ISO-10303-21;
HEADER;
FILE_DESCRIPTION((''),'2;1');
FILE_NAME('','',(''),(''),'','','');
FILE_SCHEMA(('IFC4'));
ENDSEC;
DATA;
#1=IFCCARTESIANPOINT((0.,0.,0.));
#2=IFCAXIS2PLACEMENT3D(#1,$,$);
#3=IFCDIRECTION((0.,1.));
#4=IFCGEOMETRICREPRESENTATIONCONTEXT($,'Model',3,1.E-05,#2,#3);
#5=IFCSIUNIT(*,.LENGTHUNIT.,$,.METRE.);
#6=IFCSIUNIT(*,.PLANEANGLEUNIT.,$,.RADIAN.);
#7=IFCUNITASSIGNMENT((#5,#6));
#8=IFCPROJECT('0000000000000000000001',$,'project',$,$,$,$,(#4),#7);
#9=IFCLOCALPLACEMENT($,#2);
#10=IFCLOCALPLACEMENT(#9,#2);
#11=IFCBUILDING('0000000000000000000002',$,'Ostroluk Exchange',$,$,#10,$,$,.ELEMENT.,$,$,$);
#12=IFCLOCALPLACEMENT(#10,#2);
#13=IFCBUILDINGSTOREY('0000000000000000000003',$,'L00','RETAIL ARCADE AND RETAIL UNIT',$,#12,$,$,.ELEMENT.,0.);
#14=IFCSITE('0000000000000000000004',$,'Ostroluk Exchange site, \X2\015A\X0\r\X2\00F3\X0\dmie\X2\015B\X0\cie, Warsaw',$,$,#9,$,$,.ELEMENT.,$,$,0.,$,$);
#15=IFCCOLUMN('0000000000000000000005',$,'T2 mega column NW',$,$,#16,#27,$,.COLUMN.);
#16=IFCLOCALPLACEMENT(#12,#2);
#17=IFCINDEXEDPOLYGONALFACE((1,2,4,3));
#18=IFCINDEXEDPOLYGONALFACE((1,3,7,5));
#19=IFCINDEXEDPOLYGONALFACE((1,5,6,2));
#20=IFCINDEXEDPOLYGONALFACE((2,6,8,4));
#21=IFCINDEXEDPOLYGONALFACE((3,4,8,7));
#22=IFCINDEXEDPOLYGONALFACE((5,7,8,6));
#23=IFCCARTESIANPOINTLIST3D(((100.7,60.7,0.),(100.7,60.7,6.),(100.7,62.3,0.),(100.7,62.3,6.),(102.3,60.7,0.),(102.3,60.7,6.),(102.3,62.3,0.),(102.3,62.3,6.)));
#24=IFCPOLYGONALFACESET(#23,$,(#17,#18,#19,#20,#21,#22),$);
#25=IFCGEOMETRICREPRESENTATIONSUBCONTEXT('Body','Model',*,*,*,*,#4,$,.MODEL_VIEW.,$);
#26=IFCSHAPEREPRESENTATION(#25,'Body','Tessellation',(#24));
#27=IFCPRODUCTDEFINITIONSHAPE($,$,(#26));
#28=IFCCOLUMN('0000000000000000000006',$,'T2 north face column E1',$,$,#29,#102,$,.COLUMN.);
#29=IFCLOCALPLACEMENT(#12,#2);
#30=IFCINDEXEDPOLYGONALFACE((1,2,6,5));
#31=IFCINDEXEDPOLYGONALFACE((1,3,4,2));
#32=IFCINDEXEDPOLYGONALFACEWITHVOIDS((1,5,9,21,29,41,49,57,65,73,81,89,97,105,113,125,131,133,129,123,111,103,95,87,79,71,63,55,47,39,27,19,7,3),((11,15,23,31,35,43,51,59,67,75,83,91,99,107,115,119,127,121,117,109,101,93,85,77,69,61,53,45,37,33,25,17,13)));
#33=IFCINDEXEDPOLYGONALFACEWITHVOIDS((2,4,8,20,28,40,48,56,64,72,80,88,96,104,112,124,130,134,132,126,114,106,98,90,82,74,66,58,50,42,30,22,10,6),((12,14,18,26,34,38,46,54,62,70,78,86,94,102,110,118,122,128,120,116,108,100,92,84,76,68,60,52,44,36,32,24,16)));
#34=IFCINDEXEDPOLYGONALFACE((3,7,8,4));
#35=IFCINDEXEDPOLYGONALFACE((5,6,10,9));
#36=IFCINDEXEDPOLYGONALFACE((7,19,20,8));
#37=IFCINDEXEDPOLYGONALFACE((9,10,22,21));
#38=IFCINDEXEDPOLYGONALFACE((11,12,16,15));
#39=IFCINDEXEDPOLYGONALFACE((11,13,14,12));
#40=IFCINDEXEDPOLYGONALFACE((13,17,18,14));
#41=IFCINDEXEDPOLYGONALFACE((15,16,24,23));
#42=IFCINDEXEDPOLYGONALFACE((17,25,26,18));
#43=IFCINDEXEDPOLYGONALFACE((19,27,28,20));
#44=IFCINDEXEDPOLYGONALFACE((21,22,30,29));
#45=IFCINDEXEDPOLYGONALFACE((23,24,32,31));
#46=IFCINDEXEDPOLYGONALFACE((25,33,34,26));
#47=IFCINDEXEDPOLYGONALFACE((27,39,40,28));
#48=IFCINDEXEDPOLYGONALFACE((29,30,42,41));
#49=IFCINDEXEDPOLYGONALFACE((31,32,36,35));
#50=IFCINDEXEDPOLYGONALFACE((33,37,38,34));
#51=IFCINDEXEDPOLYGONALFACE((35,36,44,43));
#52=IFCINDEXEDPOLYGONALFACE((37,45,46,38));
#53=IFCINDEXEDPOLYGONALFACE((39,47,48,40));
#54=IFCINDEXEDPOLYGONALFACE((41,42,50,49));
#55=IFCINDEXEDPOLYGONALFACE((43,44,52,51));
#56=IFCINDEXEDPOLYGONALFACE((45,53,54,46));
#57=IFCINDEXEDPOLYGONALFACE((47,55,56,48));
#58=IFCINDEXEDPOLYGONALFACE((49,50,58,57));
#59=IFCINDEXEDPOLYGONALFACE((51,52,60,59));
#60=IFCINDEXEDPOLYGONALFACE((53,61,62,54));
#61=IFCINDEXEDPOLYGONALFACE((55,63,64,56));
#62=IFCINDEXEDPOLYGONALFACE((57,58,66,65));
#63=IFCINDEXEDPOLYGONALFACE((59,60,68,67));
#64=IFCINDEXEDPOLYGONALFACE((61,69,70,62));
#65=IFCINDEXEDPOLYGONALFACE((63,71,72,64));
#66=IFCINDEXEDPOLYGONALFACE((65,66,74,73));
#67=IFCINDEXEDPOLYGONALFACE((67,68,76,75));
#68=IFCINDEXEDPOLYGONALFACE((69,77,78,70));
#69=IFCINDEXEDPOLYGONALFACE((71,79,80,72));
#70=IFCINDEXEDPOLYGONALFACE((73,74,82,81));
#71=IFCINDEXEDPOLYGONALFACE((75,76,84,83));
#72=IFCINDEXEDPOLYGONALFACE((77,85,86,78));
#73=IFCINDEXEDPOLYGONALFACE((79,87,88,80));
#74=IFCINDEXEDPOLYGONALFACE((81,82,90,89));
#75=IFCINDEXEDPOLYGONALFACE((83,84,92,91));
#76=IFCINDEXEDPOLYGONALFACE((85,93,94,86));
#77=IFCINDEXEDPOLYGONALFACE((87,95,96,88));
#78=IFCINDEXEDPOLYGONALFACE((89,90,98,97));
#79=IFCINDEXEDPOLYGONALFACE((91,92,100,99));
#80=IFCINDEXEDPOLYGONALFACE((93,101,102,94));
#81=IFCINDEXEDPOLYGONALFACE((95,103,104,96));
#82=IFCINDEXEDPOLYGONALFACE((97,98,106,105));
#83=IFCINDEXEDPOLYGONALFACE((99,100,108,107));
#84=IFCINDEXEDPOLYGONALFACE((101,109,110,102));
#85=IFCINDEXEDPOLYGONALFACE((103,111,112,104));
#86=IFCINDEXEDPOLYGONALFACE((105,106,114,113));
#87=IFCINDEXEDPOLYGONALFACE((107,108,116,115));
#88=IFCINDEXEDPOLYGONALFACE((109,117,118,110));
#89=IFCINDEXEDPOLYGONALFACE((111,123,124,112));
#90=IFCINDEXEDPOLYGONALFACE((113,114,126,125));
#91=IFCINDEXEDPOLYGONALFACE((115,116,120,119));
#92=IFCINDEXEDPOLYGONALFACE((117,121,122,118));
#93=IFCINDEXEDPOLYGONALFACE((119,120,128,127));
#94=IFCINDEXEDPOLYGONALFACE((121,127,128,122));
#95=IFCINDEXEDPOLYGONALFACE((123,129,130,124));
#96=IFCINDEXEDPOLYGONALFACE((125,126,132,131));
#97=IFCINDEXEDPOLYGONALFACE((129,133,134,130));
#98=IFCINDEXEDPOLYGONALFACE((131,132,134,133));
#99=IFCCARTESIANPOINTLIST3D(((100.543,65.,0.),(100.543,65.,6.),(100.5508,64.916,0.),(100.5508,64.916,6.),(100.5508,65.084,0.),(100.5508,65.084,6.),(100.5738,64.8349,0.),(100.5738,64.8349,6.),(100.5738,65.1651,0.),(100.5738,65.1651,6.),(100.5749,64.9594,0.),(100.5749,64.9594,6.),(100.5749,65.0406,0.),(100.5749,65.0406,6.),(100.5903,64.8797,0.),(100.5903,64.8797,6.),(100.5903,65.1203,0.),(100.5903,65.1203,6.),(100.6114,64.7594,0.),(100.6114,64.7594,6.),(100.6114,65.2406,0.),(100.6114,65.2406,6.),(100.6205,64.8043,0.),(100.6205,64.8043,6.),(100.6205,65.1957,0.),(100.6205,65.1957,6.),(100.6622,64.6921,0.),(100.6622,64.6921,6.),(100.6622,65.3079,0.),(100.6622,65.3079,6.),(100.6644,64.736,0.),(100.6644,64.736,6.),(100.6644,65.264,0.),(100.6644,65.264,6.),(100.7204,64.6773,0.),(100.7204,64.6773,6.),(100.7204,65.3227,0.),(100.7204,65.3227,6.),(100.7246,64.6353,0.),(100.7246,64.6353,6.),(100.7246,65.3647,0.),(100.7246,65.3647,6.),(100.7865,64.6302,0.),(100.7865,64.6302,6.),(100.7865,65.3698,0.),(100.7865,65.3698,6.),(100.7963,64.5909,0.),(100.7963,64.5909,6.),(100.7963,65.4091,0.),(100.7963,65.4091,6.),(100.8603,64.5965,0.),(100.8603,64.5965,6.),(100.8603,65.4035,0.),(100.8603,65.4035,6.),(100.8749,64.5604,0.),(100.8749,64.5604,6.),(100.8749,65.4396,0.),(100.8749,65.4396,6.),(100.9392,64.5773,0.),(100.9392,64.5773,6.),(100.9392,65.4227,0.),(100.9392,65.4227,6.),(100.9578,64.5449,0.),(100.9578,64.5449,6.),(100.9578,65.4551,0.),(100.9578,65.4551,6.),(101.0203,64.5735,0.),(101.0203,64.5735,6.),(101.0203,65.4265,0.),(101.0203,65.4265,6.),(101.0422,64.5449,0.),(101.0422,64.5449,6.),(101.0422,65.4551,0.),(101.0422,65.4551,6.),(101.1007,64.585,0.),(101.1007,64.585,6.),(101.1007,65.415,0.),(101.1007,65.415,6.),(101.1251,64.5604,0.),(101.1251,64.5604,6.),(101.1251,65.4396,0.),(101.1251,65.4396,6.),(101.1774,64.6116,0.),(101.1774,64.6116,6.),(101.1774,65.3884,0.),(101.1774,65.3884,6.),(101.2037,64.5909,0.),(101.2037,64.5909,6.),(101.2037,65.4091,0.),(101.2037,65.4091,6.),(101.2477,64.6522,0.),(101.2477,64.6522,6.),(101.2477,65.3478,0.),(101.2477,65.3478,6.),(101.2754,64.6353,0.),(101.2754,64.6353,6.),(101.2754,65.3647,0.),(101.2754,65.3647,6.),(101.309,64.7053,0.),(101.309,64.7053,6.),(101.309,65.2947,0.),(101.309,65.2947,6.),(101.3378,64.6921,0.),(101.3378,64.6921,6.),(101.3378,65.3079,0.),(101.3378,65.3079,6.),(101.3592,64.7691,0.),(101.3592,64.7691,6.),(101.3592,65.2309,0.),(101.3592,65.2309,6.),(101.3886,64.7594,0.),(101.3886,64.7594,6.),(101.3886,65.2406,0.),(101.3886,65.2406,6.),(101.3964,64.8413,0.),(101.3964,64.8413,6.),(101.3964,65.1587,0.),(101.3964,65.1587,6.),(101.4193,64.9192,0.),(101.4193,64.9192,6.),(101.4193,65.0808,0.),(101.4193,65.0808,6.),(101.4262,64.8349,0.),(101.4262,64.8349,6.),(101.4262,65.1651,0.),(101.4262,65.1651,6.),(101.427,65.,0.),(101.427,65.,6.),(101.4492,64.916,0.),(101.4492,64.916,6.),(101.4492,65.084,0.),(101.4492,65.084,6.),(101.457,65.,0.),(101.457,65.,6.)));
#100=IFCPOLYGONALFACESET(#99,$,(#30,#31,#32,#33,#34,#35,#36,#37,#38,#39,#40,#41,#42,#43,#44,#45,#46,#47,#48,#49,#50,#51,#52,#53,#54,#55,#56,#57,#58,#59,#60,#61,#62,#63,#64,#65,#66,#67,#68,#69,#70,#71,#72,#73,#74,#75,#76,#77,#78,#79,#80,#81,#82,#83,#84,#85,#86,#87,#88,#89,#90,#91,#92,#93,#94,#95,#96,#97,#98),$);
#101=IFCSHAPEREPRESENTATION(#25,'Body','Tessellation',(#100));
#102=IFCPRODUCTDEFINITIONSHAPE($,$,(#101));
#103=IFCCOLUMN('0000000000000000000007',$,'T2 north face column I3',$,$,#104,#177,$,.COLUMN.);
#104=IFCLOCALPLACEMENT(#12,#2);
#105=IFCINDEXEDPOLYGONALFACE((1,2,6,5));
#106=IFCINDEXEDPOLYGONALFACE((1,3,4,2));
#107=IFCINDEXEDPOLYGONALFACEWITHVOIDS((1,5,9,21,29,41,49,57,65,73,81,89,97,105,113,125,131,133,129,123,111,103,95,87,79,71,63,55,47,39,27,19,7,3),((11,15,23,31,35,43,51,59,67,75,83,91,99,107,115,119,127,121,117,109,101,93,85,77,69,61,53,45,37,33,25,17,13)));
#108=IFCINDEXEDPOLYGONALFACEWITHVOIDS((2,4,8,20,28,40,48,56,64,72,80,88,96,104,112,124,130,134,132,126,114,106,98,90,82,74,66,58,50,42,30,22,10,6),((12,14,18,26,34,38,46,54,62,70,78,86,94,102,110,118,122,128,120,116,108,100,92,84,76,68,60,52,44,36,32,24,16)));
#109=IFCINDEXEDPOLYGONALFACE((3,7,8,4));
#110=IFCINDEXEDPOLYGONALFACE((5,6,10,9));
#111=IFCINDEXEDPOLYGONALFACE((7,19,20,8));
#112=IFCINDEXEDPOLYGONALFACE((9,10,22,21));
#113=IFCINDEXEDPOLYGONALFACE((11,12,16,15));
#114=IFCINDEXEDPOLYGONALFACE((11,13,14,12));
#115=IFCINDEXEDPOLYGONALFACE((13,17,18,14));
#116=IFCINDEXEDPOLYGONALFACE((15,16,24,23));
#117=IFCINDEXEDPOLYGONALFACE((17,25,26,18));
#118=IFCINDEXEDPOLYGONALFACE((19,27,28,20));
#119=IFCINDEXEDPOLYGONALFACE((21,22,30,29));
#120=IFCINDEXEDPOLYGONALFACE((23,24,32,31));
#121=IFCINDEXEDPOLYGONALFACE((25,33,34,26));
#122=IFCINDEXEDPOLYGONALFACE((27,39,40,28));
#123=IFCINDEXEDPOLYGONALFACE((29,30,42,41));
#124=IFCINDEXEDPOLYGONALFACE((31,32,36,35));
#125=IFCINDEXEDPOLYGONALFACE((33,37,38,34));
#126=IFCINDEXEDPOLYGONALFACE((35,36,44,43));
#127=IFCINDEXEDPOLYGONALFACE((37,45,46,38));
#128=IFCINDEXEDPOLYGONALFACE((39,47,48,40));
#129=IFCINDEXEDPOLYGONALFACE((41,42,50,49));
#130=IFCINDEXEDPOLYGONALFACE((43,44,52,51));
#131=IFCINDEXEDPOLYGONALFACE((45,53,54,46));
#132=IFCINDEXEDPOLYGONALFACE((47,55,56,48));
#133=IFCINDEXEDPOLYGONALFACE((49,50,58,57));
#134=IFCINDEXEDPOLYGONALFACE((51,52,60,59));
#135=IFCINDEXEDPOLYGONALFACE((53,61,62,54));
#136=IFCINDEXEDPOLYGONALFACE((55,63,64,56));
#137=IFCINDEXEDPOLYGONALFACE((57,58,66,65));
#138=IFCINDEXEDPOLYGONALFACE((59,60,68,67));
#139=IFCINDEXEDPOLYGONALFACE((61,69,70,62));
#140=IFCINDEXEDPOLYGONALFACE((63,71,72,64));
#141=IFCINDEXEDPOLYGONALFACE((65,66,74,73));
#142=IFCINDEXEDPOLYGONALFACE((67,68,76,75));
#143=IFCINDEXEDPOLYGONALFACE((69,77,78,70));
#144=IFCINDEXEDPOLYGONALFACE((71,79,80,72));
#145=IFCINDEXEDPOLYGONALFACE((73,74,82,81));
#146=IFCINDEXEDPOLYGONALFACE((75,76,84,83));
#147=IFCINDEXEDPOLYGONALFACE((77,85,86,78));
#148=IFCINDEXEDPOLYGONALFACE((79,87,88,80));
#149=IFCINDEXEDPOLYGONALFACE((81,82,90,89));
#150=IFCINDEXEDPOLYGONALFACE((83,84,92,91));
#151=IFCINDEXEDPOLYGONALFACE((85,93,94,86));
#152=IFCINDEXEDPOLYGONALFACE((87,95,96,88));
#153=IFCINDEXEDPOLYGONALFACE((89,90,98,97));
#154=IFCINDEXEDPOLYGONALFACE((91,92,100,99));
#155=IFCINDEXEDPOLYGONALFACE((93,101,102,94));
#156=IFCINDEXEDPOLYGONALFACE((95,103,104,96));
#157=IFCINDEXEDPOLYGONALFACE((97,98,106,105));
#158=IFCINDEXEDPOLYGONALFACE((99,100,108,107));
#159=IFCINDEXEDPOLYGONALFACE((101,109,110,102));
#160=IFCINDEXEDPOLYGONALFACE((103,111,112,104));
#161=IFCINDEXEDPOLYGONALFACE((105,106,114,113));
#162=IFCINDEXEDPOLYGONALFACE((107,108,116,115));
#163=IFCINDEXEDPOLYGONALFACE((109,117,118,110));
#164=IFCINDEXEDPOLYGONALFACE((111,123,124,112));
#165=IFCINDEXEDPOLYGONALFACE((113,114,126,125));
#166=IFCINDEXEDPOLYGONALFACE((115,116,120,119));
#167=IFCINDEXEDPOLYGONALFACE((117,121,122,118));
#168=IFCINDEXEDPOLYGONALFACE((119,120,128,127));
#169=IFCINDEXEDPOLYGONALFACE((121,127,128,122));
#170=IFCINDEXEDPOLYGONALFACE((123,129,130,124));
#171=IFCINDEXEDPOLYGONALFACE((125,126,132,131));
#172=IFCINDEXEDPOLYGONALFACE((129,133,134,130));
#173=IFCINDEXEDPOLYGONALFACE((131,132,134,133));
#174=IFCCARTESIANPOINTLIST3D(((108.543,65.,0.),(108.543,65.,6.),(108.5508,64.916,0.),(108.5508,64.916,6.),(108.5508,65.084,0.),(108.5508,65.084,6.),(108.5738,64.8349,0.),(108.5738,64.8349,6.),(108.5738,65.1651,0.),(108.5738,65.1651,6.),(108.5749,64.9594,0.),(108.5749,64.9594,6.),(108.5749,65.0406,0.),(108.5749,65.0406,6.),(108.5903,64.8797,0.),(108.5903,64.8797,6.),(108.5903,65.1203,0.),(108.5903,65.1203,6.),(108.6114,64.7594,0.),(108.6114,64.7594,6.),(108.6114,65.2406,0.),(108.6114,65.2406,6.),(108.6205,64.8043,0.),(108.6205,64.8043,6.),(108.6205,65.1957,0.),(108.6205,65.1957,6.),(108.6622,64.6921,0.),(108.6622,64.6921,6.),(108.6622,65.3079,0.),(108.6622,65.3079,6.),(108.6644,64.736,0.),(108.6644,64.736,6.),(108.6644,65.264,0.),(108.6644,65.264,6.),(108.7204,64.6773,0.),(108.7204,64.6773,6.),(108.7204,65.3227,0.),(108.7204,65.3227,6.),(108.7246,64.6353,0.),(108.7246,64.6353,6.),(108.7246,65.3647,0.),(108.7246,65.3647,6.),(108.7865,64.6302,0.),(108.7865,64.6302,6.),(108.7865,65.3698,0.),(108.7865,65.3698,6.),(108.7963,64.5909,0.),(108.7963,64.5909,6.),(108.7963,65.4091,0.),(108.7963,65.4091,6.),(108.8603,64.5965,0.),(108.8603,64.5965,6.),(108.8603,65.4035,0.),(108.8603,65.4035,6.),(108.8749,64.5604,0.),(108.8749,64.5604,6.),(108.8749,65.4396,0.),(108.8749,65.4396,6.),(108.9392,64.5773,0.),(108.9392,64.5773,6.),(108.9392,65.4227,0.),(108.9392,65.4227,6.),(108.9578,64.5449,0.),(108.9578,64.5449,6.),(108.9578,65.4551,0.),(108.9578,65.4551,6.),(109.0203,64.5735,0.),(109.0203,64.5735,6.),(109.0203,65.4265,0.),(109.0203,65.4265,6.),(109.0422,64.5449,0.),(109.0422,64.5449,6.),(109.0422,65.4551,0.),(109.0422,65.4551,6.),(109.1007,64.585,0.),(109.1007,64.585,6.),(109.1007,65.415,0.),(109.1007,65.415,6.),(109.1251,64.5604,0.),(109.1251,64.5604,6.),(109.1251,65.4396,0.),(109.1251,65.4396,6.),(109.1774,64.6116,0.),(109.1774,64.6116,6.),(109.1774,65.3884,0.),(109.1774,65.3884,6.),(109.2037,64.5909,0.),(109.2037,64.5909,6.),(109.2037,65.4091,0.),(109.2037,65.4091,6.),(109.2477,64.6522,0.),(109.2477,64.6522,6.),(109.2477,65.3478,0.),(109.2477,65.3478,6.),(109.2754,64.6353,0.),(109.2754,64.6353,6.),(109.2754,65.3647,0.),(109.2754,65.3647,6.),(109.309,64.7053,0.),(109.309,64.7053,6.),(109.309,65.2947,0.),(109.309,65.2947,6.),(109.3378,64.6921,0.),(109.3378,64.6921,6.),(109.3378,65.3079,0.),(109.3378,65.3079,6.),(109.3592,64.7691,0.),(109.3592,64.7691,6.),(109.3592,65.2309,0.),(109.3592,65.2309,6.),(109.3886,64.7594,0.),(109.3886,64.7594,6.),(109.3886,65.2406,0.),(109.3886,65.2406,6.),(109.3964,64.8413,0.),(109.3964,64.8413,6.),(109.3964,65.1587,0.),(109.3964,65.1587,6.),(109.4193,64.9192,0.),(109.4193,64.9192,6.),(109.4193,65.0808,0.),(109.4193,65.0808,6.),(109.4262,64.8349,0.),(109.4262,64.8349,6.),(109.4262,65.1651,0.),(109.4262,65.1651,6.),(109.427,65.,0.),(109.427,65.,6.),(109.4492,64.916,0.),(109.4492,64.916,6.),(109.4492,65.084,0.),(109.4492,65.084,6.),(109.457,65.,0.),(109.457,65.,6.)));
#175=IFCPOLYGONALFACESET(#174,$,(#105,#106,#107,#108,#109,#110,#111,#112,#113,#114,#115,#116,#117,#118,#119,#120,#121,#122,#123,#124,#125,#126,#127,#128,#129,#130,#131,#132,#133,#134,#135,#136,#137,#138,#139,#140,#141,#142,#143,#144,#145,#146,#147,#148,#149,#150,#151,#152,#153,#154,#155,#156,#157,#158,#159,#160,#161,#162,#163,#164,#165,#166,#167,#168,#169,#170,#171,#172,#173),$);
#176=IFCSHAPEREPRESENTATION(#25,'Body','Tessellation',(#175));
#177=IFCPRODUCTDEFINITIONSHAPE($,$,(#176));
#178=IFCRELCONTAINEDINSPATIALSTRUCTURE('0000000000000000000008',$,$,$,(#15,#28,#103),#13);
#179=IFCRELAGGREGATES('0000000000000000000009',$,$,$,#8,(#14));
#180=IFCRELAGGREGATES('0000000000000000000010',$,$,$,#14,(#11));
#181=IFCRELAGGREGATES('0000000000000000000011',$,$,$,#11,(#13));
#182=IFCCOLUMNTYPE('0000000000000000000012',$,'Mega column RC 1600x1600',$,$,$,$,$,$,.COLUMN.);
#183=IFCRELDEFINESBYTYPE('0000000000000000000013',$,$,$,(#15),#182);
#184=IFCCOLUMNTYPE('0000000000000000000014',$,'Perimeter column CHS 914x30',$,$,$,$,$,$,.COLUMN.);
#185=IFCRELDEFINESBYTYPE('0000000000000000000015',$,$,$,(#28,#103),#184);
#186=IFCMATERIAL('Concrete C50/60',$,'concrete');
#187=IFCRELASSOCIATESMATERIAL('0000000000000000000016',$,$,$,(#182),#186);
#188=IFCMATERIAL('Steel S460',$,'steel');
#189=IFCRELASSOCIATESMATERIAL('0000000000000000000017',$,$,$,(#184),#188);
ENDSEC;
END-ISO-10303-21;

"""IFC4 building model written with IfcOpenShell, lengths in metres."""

from ifc_helpers import new_model, si_unit, direction, frame, origin, origin_2d, place, context, subcontext, project, spatial, rectangle, hollow_circle, extrude, material, material_profile, profile_set, type_object, element, save


model = new_model("IFC4")

# Units and contexts
model_context = context("Model", 3, precision=1e-05, world=origin(), true_north=direction((0.0, 1.0)))
body_context = subcontext(model_context, "Body", "Model", "MODEL_VIEW")
ifc_project = project(units=[si_unit("LENGTHUNIT", "METRE"), si_unit("PLANEANGLEUNIT", "RADIAN")], contexts=[model_context])

# Site, building, storey
site_placement = place(None, origin())
site = spatial("IfcSite", under=ifc_project, at=site_placement, Name="Ostroluk Exchange site, Śródmieście, Warsaw", CompositionType="ELEMENT", RefElevation=0.0)
building_placement = place(site_placement, origin())
building = spatial("IfcBuilding", under=site, at=building_placement, Name="Ostroluk Exchange", CompositionType="ELEMENT")
storey_placement = place(building_placement, origin())
storey = spatial("IfcBuildingStorey", under=building, at=storey_placement, Name="L00", Description="RETAIL ARCADE AND RETAIL UNIT", CompositionType="ELEMENT", Elevation=0.0)

# Columns
ifc_material_1 = material(Name="Concrete C50/60", Category="concrete")
ifc_material_profile_1 = material_profile(ifc_material_1, rectangle(XDim=1.6001, YDim=1.6001, at=origin_2d()), Name="RC 1600x1600")
ifc_profile_set_1 = profile_set([ifc_material_profile_1], Name="Concrete C50/60")
column_type_1 = type_object("IfcColumnType", Name="Mega column RC 1600x1600", PredefinedType="COLUMN", material=ifc_profile_set_1)
column_placement = place(storey_placement, frame((101.5, 61.5, 0.0), z_axis=(0.0, 0.0, 1.0), x_axis=(1.0, 0.0, 0.0)))
element("IfcColumn", 1, at=column_placement, inside=storey, type_object=column_type_1, Name="T2 mega column NW", PredefinedType="COLUMN", context=body_context, shape_type="SweptSolid", body=[
    extrude(rectangle(XDim=1.6001, YDim=1.6001, at=origin_2d()), origin(), (0.0, 0.0, 1.0), 6.0),
])
ifc_material_2 = material(Name="Steel S460", Category="steel")
ifc_material_profile_2 = material_profile(ifc_material_2, hollow_circle(Radius=0.457, WallThickness=0.03, at=origin_2d()), Name="CHS 914x30")
ifc_profile_set_2 = profile_set([ifc_material_profile_2], Name="Steel S460")
column_type_2 = type_object("IfcColumnType", Name="Perimeter column CHS 914x30", PredefinedType="COLUMN", material=ifc_profile_set_2)
for number, where, z_axis, x_axis, name in (
    (2, (101.0, 65.0, 0.0), (0.0, 0.0, 1.0), (1.0, 0.0, 0.0), "T2 north face column E1"),
    (3, (109.0, 65.0, 0.0), (0.0, 0.0, 1.0), (1.0, 0.0, 0.0), "T2 north face column I3"),
):
    element("IfcColumn", number, at=place(storey_placement, frame(where, z_axis=z_axis, x_axis=x_axis)), inside=storey, type_object=column_type_2, Name=name, PredefinedType="COLUMN", context=body_context, shape_type="SweptSolid", body=[
        extrude(hollow_circle(Radius=0.457, WallThickness=0.03, at=origin_2d()), origin(), (0.0, 0.0, 1.0), 6.0),
    ])

save(model, "model.ifc")
